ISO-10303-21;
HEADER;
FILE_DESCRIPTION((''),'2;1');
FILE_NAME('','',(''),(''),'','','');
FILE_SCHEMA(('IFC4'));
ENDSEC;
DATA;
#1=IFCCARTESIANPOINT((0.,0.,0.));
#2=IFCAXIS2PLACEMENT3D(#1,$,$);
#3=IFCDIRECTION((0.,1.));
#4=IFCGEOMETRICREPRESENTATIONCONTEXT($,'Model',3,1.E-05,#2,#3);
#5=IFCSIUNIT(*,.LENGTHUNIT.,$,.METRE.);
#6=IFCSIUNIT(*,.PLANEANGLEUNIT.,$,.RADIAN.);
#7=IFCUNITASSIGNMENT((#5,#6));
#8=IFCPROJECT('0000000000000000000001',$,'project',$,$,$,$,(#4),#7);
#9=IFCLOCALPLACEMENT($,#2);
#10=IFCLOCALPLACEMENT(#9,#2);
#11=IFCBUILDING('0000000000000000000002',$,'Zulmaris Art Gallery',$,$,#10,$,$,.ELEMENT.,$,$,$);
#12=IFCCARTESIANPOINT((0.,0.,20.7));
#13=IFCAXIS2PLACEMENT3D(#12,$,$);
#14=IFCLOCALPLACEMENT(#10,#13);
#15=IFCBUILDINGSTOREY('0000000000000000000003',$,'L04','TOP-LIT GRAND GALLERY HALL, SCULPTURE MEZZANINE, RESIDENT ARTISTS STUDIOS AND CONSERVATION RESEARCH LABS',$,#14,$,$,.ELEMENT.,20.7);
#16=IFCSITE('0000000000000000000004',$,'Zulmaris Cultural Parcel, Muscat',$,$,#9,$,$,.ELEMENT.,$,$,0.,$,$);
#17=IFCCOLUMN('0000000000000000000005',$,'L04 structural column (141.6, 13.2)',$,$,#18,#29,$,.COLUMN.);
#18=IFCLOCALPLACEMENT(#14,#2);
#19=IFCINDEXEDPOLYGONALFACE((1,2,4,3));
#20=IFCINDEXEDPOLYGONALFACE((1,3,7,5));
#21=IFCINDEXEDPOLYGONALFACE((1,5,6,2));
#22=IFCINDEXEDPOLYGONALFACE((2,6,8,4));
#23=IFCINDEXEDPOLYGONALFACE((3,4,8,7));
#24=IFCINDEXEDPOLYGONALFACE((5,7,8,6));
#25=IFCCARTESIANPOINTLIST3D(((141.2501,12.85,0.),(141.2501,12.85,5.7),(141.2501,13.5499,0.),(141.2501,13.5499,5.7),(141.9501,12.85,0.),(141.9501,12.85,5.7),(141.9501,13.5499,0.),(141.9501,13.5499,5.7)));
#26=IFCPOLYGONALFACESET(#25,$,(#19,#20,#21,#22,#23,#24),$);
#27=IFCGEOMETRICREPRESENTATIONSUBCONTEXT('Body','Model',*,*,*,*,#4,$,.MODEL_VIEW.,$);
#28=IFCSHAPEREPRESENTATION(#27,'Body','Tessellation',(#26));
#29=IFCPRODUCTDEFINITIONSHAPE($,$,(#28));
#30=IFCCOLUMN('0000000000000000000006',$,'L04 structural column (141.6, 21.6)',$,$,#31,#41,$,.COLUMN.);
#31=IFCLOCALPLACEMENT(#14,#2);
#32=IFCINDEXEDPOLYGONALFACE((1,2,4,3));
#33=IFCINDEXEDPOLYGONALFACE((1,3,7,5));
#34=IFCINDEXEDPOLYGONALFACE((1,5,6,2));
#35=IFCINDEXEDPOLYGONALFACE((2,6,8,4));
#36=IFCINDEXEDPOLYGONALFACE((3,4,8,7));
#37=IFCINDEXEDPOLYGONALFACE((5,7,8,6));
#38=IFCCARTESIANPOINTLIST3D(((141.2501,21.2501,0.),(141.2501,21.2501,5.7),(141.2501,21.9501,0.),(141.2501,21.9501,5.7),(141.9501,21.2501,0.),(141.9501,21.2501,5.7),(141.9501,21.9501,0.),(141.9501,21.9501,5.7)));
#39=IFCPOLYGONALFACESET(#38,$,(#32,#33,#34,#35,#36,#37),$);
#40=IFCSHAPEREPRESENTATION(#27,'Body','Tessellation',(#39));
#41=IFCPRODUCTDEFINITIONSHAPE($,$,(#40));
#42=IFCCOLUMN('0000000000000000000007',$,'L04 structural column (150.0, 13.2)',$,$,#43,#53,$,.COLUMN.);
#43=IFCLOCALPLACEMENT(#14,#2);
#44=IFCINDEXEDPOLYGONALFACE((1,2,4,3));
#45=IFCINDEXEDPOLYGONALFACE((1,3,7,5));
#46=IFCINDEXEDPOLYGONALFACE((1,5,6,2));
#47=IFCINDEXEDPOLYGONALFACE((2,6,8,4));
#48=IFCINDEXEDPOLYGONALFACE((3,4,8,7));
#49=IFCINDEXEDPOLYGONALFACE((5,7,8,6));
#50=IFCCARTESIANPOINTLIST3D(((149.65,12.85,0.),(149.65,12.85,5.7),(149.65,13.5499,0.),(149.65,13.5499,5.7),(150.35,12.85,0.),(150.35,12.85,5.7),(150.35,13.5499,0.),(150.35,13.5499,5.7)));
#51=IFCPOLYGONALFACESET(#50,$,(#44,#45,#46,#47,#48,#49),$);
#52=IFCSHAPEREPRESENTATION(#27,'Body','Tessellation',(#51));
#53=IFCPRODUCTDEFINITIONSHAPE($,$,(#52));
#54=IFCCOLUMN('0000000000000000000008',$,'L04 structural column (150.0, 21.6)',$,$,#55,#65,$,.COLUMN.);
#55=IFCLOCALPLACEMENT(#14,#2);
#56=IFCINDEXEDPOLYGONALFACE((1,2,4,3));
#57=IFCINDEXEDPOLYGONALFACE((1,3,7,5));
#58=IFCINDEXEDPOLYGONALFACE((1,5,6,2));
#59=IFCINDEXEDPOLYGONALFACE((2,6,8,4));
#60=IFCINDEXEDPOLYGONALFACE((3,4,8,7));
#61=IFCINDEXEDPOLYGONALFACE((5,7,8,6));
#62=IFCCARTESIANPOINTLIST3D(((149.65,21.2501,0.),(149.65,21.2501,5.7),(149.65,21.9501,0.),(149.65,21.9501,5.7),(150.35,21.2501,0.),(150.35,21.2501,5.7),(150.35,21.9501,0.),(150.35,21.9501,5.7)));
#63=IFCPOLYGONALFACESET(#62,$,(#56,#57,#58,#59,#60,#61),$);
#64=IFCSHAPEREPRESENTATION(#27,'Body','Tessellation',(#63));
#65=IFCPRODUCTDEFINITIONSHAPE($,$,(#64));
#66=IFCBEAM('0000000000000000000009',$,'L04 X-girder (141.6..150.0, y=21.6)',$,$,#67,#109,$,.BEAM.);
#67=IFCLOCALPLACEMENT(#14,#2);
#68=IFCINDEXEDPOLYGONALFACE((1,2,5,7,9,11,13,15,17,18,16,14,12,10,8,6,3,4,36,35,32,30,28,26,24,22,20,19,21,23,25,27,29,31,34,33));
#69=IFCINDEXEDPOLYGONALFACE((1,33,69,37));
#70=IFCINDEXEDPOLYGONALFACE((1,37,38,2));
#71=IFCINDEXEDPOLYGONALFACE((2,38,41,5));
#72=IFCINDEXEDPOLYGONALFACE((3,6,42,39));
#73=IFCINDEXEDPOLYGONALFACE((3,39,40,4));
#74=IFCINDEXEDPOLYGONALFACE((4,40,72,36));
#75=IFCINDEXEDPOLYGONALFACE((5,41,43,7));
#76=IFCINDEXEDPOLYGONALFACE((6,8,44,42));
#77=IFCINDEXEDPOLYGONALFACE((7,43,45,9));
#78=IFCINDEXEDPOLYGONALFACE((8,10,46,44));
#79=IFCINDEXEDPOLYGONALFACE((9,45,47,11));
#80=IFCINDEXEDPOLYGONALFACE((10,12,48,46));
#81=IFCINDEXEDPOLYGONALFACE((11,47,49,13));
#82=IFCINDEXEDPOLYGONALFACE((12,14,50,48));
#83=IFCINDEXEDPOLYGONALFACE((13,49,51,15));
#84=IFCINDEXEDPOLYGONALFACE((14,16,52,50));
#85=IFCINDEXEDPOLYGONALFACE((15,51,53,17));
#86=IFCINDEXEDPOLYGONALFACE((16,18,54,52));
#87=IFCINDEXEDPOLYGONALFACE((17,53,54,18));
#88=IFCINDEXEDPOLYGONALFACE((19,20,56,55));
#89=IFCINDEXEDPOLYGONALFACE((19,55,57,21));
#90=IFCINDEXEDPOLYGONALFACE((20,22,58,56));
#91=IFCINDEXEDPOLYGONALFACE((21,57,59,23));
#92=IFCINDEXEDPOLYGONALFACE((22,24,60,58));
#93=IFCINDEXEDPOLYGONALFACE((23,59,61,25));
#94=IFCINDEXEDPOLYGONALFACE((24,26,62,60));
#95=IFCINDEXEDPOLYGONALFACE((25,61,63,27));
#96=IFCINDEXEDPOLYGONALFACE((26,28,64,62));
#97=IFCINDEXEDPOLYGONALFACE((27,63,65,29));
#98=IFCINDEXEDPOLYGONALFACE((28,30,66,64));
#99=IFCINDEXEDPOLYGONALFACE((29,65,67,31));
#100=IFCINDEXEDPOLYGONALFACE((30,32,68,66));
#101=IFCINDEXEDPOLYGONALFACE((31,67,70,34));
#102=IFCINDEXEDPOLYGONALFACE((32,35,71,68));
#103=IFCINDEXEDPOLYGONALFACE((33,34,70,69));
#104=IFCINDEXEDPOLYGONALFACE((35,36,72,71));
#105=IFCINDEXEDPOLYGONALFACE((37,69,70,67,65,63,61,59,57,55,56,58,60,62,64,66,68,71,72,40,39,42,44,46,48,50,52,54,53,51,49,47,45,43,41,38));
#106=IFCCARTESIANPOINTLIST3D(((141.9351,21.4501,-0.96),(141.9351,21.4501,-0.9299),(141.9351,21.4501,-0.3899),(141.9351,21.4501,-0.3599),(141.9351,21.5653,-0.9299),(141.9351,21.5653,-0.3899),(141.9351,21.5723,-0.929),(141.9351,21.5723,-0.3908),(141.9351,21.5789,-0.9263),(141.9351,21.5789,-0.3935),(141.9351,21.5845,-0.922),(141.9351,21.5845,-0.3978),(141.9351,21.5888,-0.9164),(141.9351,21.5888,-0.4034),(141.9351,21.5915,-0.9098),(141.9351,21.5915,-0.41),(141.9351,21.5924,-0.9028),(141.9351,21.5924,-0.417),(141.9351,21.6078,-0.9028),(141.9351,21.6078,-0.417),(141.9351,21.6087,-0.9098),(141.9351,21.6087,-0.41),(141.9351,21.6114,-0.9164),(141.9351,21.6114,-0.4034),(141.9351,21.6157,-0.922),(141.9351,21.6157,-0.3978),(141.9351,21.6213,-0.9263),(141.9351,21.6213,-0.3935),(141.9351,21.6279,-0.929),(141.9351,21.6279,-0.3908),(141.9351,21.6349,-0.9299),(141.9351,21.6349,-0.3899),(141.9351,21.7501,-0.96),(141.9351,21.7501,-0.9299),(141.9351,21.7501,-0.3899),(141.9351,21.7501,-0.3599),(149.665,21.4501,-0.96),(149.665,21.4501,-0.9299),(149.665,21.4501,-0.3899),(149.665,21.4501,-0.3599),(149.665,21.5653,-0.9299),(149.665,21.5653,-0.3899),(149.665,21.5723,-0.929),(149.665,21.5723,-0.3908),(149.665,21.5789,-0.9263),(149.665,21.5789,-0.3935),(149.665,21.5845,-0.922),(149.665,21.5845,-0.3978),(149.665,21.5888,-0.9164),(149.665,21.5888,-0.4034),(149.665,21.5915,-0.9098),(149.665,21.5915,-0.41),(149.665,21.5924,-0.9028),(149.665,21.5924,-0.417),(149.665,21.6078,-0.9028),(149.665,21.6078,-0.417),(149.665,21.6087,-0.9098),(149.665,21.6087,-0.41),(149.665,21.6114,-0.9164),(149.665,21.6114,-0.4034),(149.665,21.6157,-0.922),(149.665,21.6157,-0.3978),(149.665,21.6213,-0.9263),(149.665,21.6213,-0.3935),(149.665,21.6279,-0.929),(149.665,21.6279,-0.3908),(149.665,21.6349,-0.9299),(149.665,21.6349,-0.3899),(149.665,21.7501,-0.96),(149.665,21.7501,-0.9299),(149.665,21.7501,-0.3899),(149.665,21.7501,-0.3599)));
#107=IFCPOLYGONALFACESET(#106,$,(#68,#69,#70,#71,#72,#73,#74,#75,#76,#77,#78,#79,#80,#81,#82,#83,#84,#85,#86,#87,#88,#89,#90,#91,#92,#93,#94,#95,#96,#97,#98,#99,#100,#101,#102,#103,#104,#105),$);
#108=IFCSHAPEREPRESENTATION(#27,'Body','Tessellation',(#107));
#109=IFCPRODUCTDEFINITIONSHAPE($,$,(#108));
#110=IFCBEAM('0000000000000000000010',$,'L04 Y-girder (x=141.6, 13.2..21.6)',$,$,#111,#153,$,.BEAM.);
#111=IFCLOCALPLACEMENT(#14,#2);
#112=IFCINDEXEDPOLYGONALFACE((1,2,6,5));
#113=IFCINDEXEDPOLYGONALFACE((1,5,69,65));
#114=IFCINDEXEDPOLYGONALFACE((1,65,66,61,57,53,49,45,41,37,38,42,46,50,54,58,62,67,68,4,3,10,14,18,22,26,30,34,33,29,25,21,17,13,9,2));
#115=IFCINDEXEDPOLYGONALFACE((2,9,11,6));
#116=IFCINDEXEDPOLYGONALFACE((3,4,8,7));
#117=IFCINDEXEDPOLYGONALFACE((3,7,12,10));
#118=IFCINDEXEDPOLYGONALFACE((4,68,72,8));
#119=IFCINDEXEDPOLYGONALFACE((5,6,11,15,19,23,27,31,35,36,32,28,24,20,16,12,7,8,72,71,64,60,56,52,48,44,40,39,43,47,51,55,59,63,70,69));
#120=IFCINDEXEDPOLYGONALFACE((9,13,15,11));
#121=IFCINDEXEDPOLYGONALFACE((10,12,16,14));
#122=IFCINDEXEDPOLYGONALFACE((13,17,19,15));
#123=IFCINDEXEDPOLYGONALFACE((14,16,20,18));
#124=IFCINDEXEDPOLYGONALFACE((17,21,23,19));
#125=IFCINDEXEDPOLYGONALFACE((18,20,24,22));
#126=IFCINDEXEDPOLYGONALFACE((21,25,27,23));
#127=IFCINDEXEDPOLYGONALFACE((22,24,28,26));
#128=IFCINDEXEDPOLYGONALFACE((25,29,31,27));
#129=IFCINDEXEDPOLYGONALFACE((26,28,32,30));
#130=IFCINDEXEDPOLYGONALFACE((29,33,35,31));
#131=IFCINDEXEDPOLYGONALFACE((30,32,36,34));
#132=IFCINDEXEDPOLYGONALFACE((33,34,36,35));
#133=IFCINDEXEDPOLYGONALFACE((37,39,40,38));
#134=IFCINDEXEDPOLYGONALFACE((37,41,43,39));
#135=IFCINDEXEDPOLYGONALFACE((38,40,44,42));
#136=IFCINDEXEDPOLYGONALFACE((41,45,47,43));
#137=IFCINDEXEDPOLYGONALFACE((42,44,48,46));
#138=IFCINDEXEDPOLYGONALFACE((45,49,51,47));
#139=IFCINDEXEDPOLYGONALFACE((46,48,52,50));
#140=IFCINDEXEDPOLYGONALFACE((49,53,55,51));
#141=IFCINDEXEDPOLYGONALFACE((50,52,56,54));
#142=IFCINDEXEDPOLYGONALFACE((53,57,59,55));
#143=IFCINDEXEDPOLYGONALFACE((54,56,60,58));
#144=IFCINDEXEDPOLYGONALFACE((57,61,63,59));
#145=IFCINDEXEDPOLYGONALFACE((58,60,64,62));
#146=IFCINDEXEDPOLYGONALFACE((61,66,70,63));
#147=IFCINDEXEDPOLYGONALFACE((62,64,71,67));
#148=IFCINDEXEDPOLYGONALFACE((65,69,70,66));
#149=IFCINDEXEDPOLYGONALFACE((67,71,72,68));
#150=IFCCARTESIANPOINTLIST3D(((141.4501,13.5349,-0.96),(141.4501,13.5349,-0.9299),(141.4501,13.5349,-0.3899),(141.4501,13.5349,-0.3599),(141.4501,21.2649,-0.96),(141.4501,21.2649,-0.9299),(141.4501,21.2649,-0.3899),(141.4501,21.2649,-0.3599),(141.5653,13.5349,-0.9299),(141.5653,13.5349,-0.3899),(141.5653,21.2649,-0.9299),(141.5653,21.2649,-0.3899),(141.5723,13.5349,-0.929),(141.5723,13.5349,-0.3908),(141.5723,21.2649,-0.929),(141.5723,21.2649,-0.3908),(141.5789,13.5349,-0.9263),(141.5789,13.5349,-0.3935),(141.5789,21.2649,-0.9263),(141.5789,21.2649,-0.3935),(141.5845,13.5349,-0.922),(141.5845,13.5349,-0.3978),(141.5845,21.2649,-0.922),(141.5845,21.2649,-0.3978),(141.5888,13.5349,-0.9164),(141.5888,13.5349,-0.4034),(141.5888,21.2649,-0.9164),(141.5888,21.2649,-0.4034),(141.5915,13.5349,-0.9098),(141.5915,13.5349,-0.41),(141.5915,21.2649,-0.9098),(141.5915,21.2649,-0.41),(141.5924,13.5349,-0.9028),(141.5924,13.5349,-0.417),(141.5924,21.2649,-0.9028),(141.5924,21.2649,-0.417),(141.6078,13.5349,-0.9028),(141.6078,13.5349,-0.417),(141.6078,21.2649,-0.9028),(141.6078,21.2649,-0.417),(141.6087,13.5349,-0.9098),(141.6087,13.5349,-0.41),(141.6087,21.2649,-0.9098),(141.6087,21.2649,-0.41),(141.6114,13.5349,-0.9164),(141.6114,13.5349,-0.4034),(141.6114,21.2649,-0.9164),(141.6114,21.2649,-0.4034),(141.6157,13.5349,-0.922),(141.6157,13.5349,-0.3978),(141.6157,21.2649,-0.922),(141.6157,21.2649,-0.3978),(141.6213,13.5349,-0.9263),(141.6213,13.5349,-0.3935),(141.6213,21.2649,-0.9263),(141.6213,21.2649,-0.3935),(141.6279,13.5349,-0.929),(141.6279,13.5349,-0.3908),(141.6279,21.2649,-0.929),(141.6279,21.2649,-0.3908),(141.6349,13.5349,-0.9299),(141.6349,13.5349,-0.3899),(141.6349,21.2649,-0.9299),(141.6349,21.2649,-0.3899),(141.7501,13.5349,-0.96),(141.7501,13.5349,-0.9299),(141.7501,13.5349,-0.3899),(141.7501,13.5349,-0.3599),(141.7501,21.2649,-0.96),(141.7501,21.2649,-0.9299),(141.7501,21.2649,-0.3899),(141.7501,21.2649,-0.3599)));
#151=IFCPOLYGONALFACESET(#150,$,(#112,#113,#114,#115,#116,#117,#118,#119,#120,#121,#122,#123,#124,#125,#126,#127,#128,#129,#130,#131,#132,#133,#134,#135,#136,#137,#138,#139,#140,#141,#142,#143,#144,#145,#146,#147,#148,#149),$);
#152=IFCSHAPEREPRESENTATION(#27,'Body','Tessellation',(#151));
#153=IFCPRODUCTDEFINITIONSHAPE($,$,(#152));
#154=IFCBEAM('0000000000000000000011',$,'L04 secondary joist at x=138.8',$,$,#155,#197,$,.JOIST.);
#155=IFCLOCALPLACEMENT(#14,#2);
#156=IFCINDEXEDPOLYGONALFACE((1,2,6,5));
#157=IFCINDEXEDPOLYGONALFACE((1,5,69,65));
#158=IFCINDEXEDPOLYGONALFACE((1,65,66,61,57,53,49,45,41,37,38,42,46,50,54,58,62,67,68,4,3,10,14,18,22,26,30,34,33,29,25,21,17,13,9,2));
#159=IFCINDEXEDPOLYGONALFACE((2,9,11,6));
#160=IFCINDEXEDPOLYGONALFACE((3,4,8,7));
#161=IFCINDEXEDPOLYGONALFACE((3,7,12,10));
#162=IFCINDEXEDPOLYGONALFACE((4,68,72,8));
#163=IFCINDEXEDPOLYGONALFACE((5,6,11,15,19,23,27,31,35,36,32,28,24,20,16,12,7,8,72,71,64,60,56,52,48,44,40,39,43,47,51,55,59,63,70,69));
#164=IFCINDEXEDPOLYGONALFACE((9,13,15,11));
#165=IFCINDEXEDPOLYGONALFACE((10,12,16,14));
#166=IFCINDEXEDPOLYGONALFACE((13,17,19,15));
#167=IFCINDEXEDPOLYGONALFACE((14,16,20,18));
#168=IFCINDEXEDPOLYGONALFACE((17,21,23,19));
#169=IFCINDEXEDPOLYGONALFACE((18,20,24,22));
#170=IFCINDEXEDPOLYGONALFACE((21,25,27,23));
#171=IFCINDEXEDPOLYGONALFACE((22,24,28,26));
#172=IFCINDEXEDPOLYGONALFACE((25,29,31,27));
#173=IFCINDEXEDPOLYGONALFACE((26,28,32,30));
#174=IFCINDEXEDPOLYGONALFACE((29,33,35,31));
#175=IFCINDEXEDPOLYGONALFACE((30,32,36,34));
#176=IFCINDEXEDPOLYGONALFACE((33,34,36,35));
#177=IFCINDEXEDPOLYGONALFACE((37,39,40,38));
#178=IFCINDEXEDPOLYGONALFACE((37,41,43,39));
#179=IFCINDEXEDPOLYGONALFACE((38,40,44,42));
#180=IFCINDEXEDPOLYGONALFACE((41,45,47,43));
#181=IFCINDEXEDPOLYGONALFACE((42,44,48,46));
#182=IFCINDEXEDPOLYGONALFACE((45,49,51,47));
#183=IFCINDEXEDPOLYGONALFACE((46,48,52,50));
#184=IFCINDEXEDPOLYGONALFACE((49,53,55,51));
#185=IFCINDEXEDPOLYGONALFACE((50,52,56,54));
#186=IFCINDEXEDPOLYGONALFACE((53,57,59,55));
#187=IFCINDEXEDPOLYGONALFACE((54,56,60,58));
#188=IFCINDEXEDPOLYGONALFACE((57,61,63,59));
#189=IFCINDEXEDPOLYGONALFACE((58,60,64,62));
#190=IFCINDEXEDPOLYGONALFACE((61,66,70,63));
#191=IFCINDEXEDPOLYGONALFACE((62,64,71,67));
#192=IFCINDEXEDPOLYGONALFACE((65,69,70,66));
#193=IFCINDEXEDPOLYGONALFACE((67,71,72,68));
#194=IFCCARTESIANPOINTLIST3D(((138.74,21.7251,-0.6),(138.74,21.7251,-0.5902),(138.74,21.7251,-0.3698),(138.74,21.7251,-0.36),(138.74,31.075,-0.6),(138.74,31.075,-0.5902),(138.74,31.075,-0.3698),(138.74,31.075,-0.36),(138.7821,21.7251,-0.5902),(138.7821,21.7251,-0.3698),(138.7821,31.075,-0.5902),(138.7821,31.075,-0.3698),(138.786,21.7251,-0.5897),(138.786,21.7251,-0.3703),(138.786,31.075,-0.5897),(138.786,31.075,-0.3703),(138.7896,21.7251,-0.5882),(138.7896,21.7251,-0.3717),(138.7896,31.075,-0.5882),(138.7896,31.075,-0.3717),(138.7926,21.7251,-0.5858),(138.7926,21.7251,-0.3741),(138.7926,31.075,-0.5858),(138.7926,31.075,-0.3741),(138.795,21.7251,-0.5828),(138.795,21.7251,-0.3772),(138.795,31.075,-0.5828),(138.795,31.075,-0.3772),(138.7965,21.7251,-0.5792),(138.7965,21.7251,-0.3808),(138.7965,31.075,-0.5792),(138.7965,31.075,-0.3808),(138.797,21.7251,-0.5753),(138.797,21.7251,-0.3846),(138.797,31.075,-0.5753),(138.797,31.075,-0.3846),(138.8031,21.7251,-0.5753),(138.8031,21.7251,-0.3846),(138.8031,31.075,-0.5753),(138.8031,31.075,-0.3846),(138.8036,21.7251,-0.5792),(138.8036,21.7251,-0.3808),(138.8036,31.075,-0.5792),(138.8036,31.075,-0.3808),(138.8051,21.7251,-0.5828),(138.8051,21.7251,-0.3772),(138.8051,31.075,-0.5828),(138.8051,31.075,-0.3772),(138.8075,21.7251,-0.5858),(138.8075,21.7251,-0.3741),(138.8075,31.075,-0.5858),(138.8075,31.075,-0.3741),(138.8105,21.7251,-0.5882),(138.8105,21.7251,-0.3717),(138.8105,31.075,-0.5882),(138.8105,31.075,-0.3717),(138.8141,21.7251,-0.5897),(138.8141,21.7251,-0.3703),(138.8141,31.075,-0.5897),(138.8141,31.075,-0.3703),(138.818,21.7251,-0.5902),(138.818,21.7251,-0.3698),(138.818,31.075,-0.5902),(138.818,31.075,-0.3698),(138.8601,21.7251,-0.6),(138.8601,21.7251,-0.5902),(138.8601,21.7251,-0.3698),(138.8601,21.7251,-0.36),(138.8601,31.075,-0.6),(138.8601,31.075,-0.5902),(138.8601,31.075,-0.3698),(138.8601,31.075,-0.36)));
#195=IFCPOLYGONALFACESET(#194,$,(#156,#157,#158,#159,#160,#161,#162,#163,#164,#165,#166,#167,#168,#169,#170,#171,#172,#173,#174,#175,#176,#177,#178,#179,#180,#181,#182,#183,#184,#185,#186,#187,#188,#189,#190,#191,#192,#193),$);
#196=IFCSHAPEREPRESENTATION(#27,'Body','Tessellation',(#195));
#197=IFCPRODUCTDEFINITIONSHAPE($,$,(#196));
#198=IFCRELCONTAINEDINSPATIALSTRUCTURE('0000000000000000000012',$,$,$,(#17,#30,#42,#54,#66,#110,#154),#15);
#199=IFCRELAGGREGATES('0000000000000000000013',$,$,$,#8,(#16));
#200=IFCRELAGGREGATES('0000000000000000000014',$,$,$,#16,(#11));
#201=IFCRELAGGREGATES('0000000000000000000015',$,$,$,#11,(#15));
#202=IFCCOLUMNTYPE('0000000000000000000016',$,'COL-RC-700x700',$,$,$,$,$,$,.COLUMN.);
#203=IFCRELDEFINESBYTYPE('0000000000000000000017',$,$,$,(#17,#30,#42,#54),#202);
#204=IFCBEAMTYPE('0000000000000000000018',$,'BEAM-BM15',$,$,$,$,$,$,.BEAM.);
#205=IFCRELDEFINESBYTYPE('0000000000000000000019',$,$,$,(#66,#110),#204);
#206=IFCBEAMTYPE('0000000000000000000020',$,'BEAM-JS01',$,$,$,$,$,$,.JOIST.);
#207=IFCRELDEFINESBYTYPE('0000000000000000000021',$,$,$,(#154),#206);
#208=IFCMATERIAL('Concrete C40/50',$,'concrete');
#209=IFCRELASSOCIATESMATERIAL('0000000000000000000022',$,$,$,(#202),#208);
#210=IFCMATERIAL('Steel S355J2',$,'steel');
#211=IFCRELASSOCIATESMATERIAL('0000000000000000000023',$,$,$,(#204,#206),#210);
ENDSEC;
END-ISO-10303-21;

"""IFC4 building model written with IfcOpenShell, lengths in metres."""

from ifc_helpers import new_model, si_unit, direction, frame, origin, origin_2d, place, context, subcontext, project, spatial, rectangle, i_section, extrude, material, material_profile, profile_set, type_object, element, save


model = new_model("IFC4")

# Units and contexts
model_context = context("Model", 3, precision=1e-05, world=origin(), true_north=direction((0.0, 1.0)))
body_context = subcontext(model_context, "Body", "Model", "MODEL_VIEW")
ifc_project = project(units=[si_unit("LENGTHUNIT", "METRE"), si_unit("PLANEANGLEUNIT", "RADIAN")], contexts=[model_context])

# Site, building, storey
site_placement = place(None, origin())
site = spatial("IfcSite", under=ifc_project, at=site_placement, Name="Zulmaris Cultural Parcel, Muscat", CompositionType="ELEMENT", RefElevation=0.0)
building_placement = place(site_placement, origin())
building = spatial("IfcBuilding", under=site, at=building_placement, Name="Zulmaris Art Gallery", CompositionType="ELEMENT")
storey_placement = place(building_placement, frame((0.0, 0.0, 20.7)))
storey = spatial("IfcBuildingStorey", under=building, at=storey_placement, Name="L04", Description="TOP-LIT GRAND GALLERY HALL, SCULPTURE MEZZANINE, RESIDENT ARTISTS STUDIOS AND CONSERVATION RESEARCH LABS", CompositionType="ELEMENT", Elevation=20.7)

# Columns
ifc_material_1 = material(Name="Concrete C40/50", Category="concrete")
ifc_material_profile_1 = material_profile(ifc_material_1, rectangle(XDim=0.7, YDim=0.7, at=origin_2d()), Name="RC 700x700")
ifc_profile_set_1 = profile_set([ifc_material_profile_1], Name="Concrete C40/50")
column_type = type_object("IfcColumnType", Name="COL-RC-700x700", PredefinedType="COLUMN", material=ifc_profile_set_1)
for number, where, z_axis, x_axis, name in (
    (1, (141.6001, 13.2, 0.0), (0.0, 0.0, 1.0), (1.0, 0.0, 0.0), "L04 structural column (141.6, 13.2)"),
    (2, (141.6001, 21.6001, 0.0), (0.0, 0.0, 1.0), (1.0, 0.0, 0.0), "L04 structural column (141.6, 21.6)"),
    (3, (150.0, 13.2, 0.0), (0.0, 0.0, 1.0), (1.0, 0.0, 0.0), "L04 structural column (150.0, 13.2)"),
    (4, (150.0, 21.6001, 0.0), (0.0, 0.0, 1.0), (1.0, 0.0, 0.0), "L04 structural column (150.0, 21.6)"),
):
    element("IfcColumn", number, at=place(storey_placement, frame(where, z_axis=z_axis, x_axis=x_axis)), inside=storey, type_object=column_type, Name=name, PredefinedType="COLUMN", context=body_context, shape_type="SweptSolid", body=[
        extrude(rectangle(XDim=0.7, YDim=0.7, at=origin_2d()), origin(), (0.0, 0.0, 1.0), 5.7),
    ])

# Beams
ifc_material_2 = material(Name="Steel S355J2", Category="steel")
ifc_material_profile_2 = material_profile(ifc_material_2, i_section(OverallWidth=0.3, OverallDepth=0.6001, WebThickness=0.0154, FlangeThickness=0.03, FilletRadius=0.0271, at=origin_2d()), Name="HEB 600")
ifc_profile_set_2 = profile_set([ifc_material_profile_2], Name="Steel S355J2")
beam_type_1 = type_object("IfcBeamType", Name="BEAM-BM15", PredefinedType="BEAM", material=ifc_profile_set_2)
for number, where, z_axis, x_axis, name in (
    (5, (141.9351, 21.6001, -0.6599), (1.0, 0.0, 0.0), (0.0, 1.0, 0.0), "L04 X-girder (141.6..150.0, y=21.6)"),
    (6, (141.6001, 13.5349, -0.6599), (0.0, 1.0, 0.0), (-1.0, 0.0, 0.0), "L04 Y-girder (x=141.6, 13.2..21.6)"),
):
    element("IfcBeam", number, at=place(storey_placement, frame(where, z_axis=z_axis, x_axis=x_axis)), inside=storey, type_object=beam_type_1, Name=name, PredefinedType="BEAM", context=body_context, shape_type="SweptSolid", body=[
        extrude(i_section(OverallWidth=0.3, OverallDepth=0.6001, WebThickness=0.0154, FlangeThickness=0.03, FilletRadius=0.0271, at=origin_2d()), origin(), (0.0, 0.0, 1.0), 7.73),
    ])
ifc_material_profile_3 = material_profile(ifc_material_2, i_section(OverallWidth=0.1201, OverallDepth=0.24, WebThickness=0.0061, FlangeThickness=0.0098, FilletRadius=0.0149, at=origin_2d()), Name="IPE 240")
ifc_profile_set_3 = profile_set([ifc_material_profile_3], Name="Steel S355J2")
beam_type_2 = type_object("IfcBeamType", Name="BEAM-JS01", PredefinedType="JOIST", material=ifc_profile_set_3)
for number, where, z_axis, x_axis, name in (
    (7, (138.8, 21.7251, -0.48), (0.0, 1.0, 0.0), (-1.0, 0.0, 0.0), "L04 secondary joist at x=138.8"),
):
    element("IfcBeam", number, at=place(storey_placement, frame(where, z_axis=z_axis, x_axis=x_axis)), inside=storey, type_object=beam_type_2, Name=name, PredefinedType="JOIST", context=body_context, shape_type="SweptSolid", body=[
        extrude(i_section(OverallWidth=0.1201, OverallDepth=0.24, WebThickness=0.0061, FlangeThickness=0.0098, FilletRadius=0.0149, at=origin_2d()), origin(), (0.0, 0.0, 1.0), 9.3499),
    ])

save(model, "model.ifc")
